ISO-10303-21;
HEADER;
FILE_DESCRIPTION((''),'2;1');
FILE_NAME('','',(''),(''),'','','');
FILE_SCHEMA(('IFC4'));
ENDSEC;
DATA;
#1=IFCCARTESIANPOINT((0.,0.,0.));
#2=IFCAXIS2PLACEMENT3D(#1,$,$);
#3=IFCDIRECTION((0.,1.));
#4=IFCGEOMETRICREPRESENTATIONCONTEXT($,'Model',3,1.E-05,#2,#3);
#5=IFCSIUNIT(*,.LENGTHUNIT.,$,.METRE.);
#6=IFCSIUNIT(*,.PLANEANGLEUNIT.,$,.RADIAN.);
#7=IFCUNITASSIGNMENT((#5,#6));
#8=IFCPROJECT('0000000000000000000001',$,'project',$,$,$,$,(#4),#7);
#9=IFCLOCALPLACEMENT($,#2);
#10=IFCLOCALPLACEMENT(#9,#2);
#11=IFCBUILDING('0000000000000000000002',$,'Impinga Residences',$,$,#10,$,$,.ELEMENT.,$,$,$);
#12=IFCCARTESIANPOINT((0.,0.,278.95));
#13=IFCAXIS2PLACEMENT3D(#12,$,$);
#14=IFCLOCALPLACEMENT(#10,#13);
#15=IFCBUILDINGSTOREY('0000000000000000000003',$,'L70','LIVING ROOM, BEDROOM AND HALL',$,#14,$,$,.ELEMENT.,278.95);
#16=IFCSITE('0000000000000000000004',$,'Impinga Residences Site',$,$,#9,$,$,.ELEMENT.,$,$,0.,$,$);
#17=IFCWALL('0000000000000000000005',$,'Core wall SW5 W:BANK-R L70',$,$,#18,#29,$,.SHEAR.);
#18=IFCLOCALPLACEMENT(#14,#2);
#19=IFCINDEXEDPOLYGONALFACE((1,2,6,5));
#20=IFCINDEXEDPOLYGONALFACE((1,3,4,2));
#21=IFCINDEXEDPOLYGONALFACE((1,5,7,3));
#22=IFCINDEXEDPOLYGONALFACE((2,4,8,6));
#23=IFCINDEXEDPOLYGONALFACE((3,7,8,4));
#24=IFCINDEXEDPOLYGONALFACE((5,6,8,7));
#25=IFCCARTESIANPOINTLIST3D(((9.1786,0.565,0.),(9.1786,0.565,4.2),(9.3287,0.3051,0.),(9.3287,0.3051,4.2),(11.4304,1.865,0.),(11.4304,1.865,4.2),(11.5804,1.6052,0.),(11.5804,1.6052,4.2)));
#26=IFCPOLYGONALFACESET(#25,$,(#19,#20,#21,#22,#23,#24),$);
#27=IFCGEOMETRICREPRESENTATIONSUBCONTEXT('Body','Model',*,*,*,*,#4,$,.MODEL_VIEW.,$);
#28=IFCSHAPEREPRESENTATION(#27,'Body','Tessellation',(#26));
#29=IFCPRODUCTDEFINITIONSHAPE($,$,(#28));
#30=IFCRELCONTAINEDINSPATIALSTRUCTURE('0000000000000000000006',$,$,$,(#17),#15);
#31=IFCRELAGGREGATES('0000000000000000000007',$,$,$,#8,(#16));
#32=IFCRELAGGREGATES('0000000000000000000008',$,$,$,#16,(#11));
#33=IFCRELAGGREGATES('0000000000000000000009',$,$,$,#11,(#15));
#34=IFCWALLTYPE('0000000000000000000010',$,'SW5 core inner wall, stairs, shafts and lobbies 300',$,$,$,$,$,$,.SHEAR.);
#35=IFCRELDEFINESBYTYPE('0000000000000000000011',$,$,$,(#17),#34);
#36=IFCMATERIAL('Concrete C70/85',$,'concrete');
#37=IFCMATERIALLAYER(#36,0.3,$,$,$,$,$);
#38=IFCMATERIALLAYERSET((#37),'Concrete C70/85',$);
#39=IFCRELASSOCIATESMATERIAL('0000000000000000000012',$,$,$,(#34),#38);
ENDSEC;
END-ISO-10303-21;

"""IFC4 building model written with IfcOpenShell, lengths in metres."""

from ifc_helpers import new_model, si_unit, direction, frame, frame_2d, origin, place, context, subcontext, project, spatial, rectangle, extrude, material, layer, layer_set, type_object, element, save


model = new_model("IFC4")

# Units and contexts
model_context = context("Model", 3, precision=1e-05, world=origin(), true_north=direction((0.0, 1.0)))
body_context = subcontext(model_context, "Body", "Model", "MODEL_VIEW")
ifc_project = project(units=[si_unit("LENGTHUNIT", "METRE"), si_unit("PLANEANGLEUNIT", "RADIAN")], contexts=[model_context])

# Site, building, storey
site_placement = place(None, origin())
site = spatial("IfcSite", under=ifc_project, at=site_placement, Name="Impinga Residences Site", CompositionType="ELEMENT", RefElevation=0.0)
building_placement = place(site_placement, origin())
building = spatial("IfcBuilding", under=site, at=building_placement, Name="Impinga Residences", CompositionType="ELEMENT")
storey_placement = place(building_placement, frame((0.0, 0.0, 278.95)))
storey = spatial("IfcBuildingStorey", under=building, at=storey_placement, Name="L70", Description="LIVING ROOM, BEDROOM AND HALL", CompositionType="ELEMENT", Elevation=278.95)

# Wall
ifc_material_1 = material(Name="Concrete C70/85", Category="concrete")
ifc_layer_1 = layer(ifc_material_1, 0.3)
ifc_layer_set_1 = layer_set([ifc_layer_1], Name="Concrete C70/85")
wall_type_1 = type_object("IfcWallType", Name="SW5 core inner wall, stairs, shafts and lobbies 300", PredefinedType="SHEAR", material=ifc_layer_set_1)
wall_1_placement = place(storey_placement, frame((9.2537, 0.4351, 0.0), z_axis=(0.0, 0.0, 1.0), x_axis=(0.866021, 0.500007, 0.0)))
element("IfcWall", 1, at=wall_1_placement, inside=storey, type_object=wall_type_1, Name="Core wall SW5 W:BANK-R L70", PredefinedType="SHEAR", context=body_context, shape_type="SweptSolid", body=[
    extrude(rectangle(XDim=2.6001, YDim=0.3, at=frame_2d((1.3, 0.0))), origin(), (0.0, 0.0, 1.0), 4.2),
])

save(model, "model.ifc")
